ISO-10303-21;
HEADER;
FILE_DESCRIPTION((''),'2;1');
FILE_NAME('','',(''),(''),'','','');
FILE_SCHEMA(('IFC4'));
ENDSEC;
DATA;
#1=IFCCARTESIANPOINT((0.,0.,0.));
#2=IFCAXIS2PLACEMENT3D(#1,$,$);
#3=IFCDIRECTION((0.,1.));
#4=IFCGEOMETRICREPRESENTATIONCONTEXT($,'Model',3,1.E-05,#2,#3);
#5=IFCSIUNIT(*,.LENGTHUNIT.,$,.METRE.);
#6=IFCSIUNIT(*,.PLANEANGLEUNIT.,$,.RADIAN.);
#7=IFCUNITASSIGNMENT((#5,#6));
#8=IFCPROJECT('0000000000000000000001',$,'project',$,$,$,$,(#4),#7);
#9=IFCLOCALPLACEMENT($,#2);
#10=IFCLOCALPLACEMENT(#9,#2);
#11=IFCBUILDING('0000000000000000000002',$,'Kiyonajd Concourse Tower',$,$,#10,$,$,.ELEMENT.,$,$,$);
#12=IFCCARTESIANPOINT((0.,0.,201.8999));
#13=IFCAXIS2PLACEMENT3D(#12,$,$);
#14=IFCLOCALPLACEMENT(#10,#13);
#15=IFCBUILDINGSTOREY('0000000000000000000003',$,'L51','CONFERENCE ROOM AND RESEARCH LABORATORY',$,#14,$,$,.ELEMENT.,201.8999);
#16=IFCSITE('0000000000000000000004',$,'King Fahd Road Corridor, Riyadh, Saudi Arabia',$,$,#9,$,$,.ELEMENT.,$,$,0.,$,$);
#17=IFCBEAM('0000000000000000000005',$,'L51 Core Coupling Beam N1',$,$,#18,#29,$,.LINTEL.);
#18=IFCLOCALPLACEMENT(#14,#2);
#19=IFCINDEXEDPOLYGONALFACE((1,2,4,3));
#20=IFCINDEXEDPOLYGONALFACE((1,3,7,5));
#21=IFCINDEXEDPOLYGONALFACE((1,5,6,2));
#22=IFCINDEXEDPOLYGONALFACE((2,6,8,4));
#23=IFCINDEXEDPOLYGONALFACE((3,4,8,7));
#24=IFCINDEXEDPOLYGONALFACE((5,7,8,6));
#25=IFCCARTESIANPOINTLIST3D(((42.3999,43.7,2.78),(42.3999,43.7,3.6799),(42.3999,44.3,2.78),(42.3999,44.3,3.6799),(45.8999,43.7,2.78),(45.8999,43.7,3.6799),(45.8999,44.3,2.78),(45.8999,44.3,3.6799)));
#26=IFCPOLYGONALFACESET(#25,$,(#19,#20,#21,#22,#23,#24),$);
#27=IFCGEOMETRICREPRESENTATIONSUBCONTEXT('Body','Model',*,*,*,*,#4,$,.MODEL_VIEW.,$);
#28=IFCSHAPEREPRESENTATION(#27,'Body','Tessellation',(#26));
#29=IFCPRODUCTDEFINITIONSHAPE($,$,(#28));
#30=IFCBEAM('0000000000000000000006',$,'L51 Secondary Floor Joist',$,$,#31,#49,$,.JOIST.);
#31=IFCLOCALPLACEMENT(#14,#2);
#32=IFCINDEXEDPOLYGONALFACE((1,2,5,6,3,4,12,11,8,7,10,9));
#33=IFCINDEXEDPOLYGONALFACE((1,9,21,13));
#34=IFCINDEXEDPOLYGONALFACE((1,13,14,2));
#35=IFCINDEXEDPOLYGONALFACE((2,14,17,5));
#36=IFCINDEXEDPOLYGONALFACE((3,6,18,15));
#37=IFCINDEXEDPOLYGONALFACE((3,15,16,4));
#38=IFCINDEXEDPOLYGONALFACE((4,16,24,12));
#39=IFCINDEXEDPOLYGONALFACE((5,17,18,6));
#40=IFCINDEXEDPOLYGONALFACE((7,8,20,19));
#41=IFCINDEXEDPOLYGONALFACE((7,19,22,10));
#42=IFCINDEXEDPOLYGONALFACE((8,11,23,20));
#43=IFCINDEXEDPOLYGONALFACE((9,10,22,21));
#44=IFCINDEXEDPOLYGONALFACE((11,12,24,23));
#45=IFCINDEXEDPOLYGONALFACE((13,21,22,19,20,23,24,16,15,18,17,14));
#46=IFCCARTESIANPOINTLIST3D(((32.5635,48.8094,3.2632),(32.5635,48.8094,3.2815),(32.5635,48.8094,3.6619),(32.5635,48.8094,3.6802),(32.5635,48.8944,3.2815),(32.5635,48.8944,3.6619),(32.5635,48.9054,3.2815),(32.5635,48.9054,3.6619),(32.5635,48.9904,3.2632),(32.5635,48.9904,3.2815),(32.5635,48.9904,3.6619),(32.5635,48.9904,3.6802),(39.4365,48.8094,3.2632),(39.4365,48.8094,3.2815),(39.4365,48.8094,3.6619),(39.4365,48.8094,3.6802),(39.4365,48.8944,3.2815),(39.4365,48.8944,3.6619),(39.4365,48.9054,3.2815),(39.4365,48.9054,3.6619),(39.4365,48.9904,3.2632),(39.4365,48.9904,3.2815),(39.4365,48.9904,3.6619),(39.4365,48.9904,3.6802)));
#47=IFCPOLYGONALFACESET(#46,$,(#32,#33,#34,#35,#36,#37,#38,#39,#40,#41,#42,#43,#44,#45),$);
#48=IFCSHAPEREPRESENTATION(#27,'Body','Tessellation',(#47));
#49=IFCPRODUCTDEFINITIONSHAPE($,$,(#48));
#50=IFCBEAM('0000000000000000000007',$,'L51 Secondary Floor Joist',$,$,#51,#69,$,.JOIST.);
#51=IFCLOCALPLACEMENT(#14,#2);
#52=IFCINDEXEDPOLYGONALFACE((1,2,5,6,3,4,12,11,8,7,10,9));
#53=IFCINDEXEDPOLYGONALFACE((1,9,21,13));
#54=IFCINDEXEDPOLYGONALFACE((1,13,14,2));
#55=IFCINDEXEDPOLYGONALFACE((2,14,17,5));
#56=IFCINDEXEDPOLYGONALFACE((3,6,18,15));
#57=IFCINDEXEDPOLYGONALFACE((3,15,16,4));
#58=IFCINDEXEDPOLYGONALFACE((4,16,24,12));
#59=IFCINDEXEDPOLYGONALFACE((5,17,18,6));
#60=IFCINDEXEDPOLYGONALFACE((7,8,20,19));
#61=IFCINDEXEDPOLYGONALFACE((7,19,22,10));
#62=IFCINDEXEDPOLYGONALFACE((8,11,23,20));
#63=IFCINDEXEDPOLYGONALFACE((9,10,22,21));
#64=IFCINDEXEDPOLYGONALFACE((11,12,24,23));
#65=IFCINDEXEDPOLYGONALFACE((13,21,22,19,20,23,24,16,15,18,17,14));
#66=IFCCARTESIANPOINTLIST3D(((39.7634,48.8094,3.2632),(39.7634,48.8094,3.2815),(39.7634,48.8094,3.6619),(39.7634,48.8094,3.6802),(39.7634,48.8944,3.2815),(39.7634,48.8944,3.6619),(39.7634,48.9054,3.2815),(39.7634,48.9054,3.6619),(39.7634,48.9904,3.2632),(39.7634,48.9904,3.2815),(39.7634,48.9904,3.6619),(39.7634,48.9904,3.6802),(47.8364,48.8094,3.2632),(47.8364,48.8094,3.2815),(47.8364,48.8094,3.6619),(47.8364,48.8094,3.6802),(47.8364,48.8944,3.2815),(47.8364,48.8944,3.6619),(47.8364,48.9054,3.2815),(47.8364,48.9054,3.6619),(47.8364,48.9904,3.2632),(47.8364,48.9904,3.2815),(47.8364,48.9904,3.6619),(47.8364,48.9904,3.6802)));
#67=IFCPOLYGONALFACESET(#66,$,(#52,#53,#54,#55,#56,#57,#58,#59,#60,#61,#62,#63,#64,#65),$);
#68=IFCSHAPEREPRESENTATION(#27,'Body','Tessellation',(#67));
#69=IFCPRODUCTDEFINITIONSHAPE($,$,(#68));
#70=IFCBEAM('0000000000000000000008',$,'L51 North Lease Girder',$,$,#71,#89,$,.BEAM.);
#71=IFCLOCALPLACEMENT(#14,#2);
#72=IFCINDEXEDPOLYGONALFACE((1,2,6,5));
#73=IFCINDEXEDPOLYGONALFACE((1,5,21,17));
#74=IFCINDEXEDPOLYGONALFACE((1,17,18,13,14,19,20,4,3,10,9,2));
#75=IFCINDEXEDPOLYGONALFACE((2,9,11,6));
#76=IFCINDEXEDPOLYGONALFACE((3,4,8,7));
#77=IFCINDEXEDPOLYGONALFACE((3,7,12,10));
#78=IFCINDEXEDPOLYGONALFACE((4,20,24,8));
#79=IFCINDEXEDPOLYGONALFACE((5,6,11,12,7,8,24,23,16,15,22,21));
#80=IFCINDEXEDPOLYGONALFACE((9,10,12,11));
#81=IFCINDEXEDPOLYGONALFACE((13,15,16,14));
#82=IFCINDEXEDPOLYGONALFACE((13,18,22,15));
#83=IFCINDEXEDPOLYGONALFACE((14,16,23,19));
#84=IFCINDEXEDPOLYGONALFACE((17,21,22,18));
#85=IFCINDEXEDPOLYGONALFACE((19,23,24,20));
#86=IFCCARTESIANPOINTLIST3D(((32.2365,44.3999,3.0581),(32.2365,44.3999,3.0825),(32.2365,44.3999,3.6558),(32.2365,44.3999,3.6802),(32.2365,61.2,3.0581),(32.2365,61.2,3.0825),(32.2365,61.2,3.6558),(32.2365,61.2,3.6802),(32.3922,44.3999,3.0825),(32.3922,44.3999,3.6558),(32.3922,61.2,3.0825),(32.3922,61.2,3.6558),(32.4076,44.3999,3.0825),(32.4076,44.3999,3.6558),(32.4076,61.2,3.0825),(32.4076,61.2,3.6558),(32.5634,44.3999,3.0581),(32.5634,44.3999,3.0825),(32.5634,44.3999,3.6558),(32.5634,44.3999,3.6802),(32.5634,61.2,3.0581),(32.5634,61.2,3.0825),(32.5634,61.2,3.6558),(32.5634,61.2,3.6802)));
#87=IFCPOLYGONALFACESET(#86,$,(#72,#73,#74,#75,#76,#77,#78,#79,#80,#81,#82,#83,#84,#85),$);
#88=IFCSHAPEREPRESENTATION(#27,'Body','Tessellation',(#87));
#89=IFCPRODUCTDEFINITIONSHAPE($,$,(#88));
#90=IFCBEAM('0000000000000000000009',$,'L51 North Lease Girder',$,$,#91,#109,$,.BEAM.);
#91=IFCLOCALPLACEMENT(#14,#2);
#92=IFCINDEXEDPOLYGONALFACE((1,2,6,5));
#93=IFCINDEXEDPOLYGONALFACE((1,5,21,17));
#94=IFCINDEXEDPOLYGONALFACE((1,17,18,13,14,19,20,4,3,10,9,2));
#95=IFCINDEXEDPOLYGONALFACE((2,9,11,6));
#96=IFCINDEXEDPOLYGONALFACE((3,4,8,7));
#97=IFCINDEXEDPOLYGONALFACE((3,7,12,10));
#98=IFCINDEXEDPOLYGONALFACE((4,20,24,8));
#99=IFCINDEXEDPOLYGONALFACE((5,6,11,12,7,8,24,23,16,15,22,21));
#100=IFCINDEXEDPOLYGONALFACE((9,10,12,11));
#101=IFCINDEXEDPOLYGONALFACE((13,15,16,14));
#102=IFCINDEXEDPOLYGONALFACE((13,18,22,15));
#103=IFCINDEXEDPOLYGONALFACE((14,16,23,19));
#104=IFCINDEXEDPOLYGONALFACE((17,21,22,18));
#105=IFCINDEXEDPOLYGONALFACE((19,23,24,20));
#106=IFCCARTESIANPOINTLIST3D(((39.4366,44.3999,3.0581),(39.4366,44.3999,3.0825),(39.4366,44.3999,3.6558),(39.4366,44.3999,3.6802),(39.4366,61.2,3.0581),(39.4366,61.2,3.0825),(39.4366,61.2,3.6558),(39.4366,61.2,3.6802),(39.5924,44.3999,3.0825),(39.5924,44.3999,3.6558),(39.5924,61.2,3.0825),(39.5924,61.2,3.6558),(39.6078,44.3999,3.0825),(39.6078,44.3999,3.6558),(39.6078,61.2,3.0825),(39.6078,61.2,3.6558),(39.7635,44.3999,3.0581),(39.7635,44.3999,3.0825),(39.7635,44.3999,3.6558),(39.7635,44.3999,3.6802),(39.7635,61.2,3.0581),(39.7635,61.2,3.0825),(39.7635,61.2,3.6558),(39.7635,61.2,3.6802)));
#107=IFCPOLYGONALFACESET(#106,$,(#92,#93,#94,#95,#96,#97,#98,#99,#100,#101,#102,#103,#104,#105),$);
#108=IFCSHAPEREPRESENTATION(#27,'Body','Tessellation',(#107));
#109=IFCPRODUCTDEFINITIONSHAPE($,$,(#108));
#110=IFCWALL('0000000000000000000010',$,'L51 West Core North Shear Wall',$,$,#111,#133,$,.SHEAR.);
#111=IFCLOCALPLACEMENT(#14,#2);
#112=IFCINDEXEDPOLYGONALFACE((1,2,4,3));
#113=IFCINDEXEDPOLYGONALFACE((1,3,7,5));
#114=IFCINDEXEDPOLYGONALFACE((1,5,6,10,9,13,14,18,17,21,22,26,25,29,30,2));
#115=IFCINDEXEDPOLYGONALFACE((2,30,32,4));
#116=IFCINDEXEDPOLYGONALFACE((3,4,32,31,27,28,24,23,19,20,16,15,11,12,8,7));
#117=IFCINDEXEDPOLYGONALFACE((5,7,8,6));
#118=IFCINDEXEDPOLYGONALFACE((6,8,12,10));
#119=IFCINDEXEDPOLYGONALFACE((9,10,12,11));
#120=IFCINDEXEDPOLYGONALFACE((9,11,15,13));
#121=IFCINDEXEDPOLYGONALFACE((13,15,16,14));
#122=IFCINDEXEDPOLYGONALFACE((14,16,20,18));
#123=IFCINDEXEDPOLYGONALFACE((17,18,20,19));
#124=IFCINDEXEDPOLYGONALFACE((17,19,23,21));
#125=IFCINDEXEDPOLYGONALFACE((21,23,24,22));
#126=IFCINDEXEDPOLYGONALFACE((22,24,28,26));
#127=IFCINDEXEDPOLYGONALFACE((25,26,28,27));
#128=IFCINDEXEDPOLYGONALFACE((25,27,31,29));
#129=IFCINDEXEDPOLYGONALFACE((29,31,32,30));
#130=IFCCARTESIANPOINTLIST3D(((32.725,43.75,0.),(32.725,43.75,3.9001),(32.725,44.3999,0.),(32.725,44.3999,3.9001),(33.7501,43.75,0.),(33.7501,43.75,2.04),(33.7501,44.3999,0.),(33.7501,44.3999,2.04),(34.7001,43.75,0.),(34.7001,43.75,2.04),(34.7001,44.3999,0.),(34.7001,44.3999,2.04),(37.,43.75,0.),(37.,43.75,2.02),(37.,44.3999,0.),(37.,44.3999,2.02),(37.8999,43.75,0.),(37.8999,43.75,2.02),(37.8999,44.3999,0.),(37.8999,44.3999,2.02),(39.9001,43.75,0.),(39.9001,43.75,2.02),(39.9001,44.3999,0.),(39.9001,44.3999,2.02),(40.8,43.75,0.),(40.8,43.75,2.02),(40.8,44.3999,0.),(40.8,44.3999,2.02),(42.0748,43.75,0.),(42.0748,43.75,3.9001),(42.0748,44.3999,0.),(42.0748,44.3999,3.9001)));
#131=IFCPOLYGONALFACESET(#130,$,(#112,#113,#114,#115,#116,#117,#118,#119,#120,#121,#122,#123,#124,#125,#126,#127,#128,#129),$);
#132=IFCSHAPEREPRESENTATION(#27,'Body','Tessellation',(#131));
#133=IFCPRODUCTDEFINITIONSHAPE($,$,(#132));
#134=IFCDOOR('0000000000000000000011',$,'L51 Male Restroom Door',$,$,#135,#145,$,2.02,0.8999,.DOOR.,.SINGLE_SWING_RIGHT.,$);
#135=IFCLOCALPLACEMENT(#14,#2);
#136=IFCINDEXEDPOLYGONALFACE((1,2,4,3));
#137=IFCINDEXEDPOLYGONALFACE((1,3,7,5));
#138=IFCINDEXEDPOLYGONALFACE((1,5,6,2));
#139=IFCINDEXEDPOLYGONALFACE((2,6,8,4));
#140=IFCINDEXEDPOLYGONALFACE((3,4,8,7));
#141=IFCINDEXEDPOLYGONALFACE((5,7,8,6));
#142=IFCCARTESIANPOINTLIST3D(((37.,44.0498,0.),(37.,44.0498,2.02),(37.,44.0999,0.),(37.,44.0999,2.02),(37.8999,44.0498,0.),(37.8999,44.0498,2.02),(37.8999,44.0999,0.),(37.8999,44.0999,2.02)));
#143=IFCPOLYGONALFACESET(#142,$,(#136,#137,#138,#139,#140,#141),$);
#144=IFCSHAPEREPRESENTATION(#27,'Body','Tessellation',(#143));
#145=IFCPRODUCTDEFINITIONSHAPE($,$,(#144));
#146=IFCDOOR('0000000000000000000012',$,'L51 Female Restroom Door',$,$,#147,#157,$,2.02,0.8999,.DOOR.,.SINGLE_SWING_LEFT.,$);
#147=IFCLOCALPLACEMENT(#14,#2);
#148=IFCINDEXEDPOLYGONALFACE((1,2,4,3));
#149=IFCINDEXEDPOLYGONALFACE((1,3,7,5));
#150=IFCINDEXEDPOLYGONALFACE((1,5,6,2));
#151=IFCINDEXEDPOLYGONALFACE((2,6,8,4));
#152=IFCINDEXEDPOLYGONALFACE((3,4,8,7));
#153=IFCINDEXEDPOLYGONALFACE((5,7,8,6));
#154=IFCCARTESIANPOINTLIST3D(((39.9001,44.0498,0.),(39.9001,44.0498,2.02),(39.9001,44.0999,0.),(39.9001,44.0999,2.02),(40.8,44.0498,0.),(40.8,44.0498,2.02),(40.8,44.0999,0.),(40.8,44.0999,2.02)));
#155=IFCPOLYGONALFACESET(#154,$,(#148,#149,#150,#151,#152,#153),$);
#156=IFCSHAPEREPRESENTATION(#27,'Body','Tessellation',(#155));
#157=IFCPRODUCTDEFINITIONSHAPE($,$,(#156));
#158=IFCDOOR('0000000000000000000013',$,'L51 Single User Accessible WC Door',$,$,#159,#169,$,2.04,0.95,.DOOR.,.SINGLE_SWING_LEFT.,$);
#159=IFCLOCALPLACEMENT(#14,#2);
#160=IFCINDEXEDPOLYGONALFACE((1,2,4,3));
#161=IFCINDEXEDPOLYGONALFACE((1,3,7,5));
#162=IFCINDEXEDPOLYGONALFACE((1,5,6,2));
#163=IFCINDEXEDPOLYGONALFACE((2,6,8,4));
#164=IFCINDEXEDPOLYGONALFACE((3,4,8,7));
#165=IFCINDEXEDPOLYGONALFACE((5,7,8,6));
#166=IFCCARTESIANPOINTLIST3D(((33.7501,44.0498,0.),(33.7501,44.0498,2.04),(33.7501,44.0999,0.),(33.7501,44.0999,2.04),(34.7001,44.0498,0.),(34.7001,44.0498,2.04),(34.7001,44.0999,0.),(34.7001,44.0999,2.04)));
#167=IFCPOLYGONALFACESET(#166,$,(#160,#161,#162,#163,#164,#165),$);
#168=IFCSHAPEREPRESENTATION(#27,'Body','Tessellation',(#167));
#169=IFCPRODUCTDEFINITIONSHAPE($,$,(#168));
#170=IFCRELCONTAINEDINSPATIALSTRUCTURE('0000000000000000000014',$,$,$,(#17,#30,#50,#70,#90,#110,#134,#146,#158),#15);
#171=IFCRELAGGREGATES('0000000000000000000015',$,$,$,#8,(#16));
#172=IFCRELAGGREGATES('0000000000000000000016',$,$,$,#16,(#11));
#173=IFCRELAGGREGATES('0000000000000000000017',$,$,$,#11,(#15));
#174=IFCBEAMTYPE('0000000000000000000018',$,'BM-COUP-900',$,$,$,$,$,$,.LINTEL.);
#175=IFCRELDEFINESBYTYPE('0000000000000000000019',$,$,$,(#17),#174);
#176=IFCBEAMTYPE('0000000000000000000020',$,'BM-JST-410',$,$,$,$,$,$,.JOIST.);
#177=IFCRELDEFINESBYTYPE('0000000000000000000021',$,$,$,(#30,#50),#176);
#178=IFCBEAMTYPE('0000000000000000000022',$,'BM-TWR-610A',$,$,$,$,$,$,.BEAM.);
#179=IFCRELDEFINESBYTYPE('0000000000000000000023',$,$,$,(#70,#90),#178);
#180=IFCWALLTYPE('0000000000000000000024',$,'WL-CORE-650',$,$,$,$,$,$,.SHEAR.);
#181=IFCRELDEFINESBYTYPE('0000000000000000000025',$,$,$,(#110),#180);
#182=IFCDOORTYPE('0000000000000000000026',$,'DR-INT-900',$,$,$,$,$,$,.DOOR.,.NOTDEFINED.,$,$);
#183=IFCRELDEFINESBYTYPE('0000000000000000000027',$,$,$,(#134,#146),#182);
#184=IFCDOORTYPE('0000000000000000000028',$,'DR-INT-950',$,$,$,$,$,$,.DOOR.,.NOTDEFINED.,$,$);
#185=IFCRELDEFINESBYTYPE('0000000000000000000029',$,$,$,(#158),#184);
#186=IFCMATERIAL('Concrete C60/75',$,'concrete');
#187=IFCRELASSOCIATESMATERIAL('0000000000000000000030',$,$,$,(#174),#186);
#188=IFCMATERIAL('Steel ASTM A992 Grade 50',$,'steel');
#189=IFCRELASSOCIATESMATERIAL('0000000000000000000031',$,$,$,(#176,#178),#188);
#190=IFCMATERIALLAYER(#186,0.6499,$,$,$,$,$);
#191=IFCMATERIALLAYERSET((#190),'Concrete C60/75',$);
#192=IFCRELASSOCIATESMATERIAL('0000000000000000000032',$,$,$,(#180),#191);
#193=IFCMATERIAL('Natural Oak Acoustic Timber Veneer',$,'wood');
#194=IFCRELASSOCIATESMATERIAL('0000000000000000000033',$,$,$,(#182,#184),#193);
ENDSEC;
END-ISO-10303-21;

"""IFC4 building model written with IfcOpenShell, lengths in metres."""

from ifc_helpers import new_model, si_unit, direction, frame, frame_2d, origin, origin_2d, place, context, subcontext, project, spatial, rectangle, i_section, extrude, material, layer, layer_set, material_profile, profile_set, type_object, element, fill, save


model = new_model("IFC4")

# Units and contexts
model_context = context("Model", 3, precision=1e-05, world=origin(), true_north=direction((0.0, 1.0)))
body_context = subcontext(model_context, "Body", "Model", "MODEL_VIEW")
ifc_project = project(units=[si_unit("LENGTHUNIT", "METRE"), si_unit("PLANEANGLEUNIT", "RADIAN")], contexts=[model_context])

# Site, building, storey
site_placement = place(None, origin())
site = spatial("IfcSite", under=ifc_project, at=site_placement, Name="King Fahd Road Corridor, Riyadh, Saudi Arabia", CompositionType="ELEMENT", RefElevation=0.0)
building_placement = place(site_placement, origin())
building = spatial("IfcBuilding", under=site, at=building_placement, Name="Kiyonajd Concourse Tower", CompositionType="ELEMENT")
storey_placement = place(building_placement, frame((0.0, 0.0, 201.8999)))
storey = spatial("IfcBuildingStorey", under=building, at=storey_placement, Name="L51", Description="CONFERENCE ROOM AND RESEARCH LABORATORY", CompositionType="ELEMENT", Elevation=201.8999)

# Beams
ifc_material_1 = material(Name="Concrete C60/75", Category="concrete")
ifc_material_profile_1 = material_profile(ifc_material_1, rectangle(XDim=0.6001, YDim=0.8999, at=origin_2d()), Name="RCBM-600x900")
ifc_profile_set_1 = profile_set([ifc_material_profile_1], Name="Concrete C60/75")
beam_type_1 = type_object("IfcBeamType", Name="BM-COUP-900", PredefinedType="LINTEL", material=ifc_profile_set_1)
beam_1_placement = place(storey_placement, frame((42.3999, 44.0, 3.23), z_axis=(1.0, 0.0, 0.0), x_axis=(0.0, 1.0, 0.0)))
element("IfcBeam", 1, at=beam_1_placement, inside=storey, type_object=beam_type_1, Name="L51 Core Coupling Beam N1", PredefinedType="LINTEL", context=body_context, shape_type="SweptSolid", body=[
    extrude(rectangle(XDim=0.6001, YDim=0.8999, at=origin_2d()), origin(), (0.0, 0.0, 1.0), 3.5),
])
ifc_material_2 = material(Name="Steel ASTM A992 Grade 50", Category="steel")
ifc_material_profile_2 = material_profile(ifc_material_2, i_section(OverallWidth=0.1809, OverallDepth=0.417, WebThickness=0.011, FlangeThickness=0.0183, at=origin_2d()), Name="W410X85")
ifc_profile_set_2 = profile_set([ifc_material_profile_2], Name="Steel ASTM A992 Grade 50")
beam_type_2 = type_object("IfcBeamType", Name="BM-JST-410", PredefinedType="JOIST", material=ifc_profile_set_2)
beam_2_placement = place(storey_placement, frame((32.5635, 48.8999, 3.4717), z_axis=(1.0, 0.0, 0.0), x_axis=(0.0, 1.0, 0.0)))
element("IfcBeam", 2, at=beam_2_placement, inside=storey, type_object=beam_type_2, Name="L51 Secondary Floor Joist", PredefinedType="JOIST", context=body_context, shape_type="SweptSolid", body=[
    extrude(i_section(OverallWidth=0.1809, OverallDepth=0.417, WebThickness=0.011, FlangeThickness=0.0183, at=origin_2d()), origin(), (0.0, 0.0, 1.0), 6.873),
])
beam_3_placement = place(storey_placement, frame((39.7634, 48.8999, 3.4717), z_axis=(1.0, 0.0, 0.0), x_axis=(0.0, 1.0, 0.0)))
element("IfcBeam", 3, at=beam_3_placement, inside=storey, type_object=beam_type_2, Name="L51 Secondary Floor Joist", PredefinedType="JOIST", context=body_context, shape_type="SweptSolid", body=[
    extrude(i_section(OverallWidth=0.1809, OverallDepth=0.417, WebThickness=0.011, FlangeThickness=0.0183, at=origin_2d()), origin(), (0.0, 0.0, 1.0), 8.073),
])
ifc_material_profile_3 = material_profile(ifc_material_2, i_section(OverallWidth=0.3269, OverallDepth=0.6221, WebThickness=0.0154, FlangeThickness=0.0244, at=origin_2d()), Name="W610X195")
ifc_profile_set_3 = profile_set([ifc_material_profile_3], Name="Steel ASTM A992 Grade 50")
beam_type_3 = type_object("IfcBeamType", Name="BM-TWR-610A", PredefinedType="BEAM", material=ifc_profile_set_3)
for number, where, z_axis, x_axis, name in (
    (4, (32.3999, 44.3999, 3.3691), (0.0, 1.0, 0.0), (-1.0, 0.0, 0.0), "L51 North Lease Girder"),
    (5, (39.6001, 44.3999, 3.3691), (0.0, 1.0, 0.0), (-1.0, 0.0, 0.0), "L51 North Lease Girder"),
):
    element("IfcBeam", number, at=place(storey_placement, frame(where, z_axis=z_axis, x_axis=x_axis)), inside=storey, type_object=beam_type_3, Name=name, PredefinedType="BEAM", context=body_context, shape_type="SweptSolid", body=[
        extrude(i_section(OverallWidth=0.3269, OverallDepth=0.6221, WebThickness=0.0154, FlangeThickness=0.0244, at=origin_2d()), origin(), (0.0, 0.0, 1.0), 16.8),
    ])

# Wall, openings, doors
ifc_layer_1 = layer(ifc_material_1, 0.6499)
ifc_layer_set_1 = layer_set([ifc_layer_1], Name="Concrete C60/75")
wall_type_1 = type_object("IfcWallType", Name="WL-CORE-650", PredefinedType="SHEAR", material=ifc_layer_set_1)
wall_1_placement = place(storey_placement, frame((32.7251, 44.075, 0.0), z_axis=(0.0, 0.0, 1.0), x_axis=(1.0, 0.0, 0.0)))
wall_1 = element("IfcWall", 6, at=wall_1_placement, inside=storey, type_object=wall_type_1, Name="L51 West Core North Shear Wall", PredefinedType="SHEAR", context=body_context, shape_type="SweptSolid", body=[
    extrude(rectangle(XDim=9.3499, YDim=0.6499, at=frame_2d((4.6748, 0.0))), origin(), (0.0, 0.0, 1.0), 3.9001),
])
opening_1_placement = place(wall_1_placement, frame((1.0249, 0.0, 0.0)))
opening_1 = element("IfcOpeningElement", 7, at=opening_1_placement, cuts=wall_1, PredefinedType="OPENING", context=body_context, shape_type="SweptSolid", body=[
    extrude(rectangle(XDim=0.95, YDim=2.04, at=frame_2d((0.4751, 1.02))), frame((0.0, 0.335, 0.0), z_axis=(0.0, -1.0, 0.0), x_axis=(1.0, 0.0, 0.0)), (0.0, 0.0, 1.0), 0.6699),
])
opening_2_placement = place(wall_1_placement, frame((4.2749, 0.0, 0.0)))
opening_2 = element("IfcOpeningElement", 8, at=opening_2_placement, cuts=wall_1, PredefinedType="OPENING", context=body_context, shape_type="SweptSolid", body=[
    extrude(rectangle(XDim=0.8999, YDim=2.02, at=frame_2d((0.45, 1.01))), frame((0.0, 0.335, 0.0), z_axis=(0.0, -1.0, 0.0), x_axis=(1.0, 0.0, 0.0)), (0.0, 0.0, 1.0), 0.6699),
])
opening_3_placement = place(wall_1_placement, frame((7.175, 0.0, 0.0)))
opening_3 = element("IfcOpeningElement", 9, at=opening_3_placement, cuts=wall_1, PredefinedType="OPENING", context=body_context, shape_type="SweptSolid", body=[
    extrude(rectangle(XDim=0.8999, YDim=2.02, at=frame_2d((0.45, 1.01))), frame((0.0, 0.335, 0.0), z_axis=(0.0, -1.0, 0.0), x_axis=(1.0, 0.0, 0.0)), (0.0, 0.0, 1.0), 0.6699),
])
ifc_material_3 = material(Name="Natural Oak Acoustic Timber Veneer", Category="wood")
door_type_1 = type_object("IfcDoorType", Name="DR-INT-900", OperationType="NOTDEFINED", PredefinedType="DOOR", material=ifc_material_3)
door_1_placement = place(opening_2_placement, origin())
door_1 = element("IfcDoor", 10, at=door_1_placement, inside=storey, type_object=door_type_1, Name="L51 Male Restroom Door", OperationType="SINGLE_SWING_RIGHT", OverallHeight=2.02, OverallWidth=0.8999, PredefinedType="DOOR", context=body_context, shape_type="SweptSolid", body=[
    extrude(rectangle(XDim=0.8999, YDim=2.02, at=frame_2d((0.45, 1.01))), frame((0.0, 0.0249, 0.0), z_axis=(0.0, -1.0, 0.0), x_axis=(1.0, 0.0, 0.0)), (0.0, 0.0, 1.0), 0.05),
])
fill(opening_2, door_1)
door_2_placement = place(opening_3_placement, origin())
door_2 = element("IfcDoor", 11, at=door_2_placement, inside=storey, type_object=door_type_1, Name="L51 Female Restroom Door", OperationType="SINGLE_SWING_LEFT", OverallHeight=2.02, OverallWidth=0.8999, PredefinedType="DOOR", context=body_context, shape_type="SweptSolid", body=[
    extrude(rectangle(XDim=0.8999, YDim=2.02, at=frame_2d((0.45, 1.01))), frame((0.0, 0.0249, 0.0), z_axis=(0.0, -1.0, 0.0), x_axis=(1.0, 0.0, 0.0)), (0.0, 0.0, 1.0), 0.05),
])
fill(opening_3, door_2)
door_type_2 = type_object("IfcDoorType", Name="DR-INT-950", OperationType="NOTDEFINED", PredefinedType="DOOR", material=ifc_material_3)
door_3_placement = place(opening_1_placement, origin())
door_3 = element("IfcDoor", 12, at=door_3_placement, inside=storey, type_object=door_type_2, Name="L51 Single User Accessible WC Door", OperationType="SINGLE_SWING_LEFT", OverallHeight=2.04, OverallWidth=0.95, PredefinedType="DOOR", context=body_context, shape_type="SweptSolid", body=[
    extrude(rectangle(XDim=0.95, YDim=2.04, at=frame_2d((0.4751, 1.02))), frame((0.0, 0.0249, 0.0), z_axis=(0.0, -1.0, 0.0), x_axis=(1.0, 0.0, 0.0)), (0.0, 0.0, 1.0), 0.05),
])
fill(opening_1, door_3)

save(model, "model.ifc")
